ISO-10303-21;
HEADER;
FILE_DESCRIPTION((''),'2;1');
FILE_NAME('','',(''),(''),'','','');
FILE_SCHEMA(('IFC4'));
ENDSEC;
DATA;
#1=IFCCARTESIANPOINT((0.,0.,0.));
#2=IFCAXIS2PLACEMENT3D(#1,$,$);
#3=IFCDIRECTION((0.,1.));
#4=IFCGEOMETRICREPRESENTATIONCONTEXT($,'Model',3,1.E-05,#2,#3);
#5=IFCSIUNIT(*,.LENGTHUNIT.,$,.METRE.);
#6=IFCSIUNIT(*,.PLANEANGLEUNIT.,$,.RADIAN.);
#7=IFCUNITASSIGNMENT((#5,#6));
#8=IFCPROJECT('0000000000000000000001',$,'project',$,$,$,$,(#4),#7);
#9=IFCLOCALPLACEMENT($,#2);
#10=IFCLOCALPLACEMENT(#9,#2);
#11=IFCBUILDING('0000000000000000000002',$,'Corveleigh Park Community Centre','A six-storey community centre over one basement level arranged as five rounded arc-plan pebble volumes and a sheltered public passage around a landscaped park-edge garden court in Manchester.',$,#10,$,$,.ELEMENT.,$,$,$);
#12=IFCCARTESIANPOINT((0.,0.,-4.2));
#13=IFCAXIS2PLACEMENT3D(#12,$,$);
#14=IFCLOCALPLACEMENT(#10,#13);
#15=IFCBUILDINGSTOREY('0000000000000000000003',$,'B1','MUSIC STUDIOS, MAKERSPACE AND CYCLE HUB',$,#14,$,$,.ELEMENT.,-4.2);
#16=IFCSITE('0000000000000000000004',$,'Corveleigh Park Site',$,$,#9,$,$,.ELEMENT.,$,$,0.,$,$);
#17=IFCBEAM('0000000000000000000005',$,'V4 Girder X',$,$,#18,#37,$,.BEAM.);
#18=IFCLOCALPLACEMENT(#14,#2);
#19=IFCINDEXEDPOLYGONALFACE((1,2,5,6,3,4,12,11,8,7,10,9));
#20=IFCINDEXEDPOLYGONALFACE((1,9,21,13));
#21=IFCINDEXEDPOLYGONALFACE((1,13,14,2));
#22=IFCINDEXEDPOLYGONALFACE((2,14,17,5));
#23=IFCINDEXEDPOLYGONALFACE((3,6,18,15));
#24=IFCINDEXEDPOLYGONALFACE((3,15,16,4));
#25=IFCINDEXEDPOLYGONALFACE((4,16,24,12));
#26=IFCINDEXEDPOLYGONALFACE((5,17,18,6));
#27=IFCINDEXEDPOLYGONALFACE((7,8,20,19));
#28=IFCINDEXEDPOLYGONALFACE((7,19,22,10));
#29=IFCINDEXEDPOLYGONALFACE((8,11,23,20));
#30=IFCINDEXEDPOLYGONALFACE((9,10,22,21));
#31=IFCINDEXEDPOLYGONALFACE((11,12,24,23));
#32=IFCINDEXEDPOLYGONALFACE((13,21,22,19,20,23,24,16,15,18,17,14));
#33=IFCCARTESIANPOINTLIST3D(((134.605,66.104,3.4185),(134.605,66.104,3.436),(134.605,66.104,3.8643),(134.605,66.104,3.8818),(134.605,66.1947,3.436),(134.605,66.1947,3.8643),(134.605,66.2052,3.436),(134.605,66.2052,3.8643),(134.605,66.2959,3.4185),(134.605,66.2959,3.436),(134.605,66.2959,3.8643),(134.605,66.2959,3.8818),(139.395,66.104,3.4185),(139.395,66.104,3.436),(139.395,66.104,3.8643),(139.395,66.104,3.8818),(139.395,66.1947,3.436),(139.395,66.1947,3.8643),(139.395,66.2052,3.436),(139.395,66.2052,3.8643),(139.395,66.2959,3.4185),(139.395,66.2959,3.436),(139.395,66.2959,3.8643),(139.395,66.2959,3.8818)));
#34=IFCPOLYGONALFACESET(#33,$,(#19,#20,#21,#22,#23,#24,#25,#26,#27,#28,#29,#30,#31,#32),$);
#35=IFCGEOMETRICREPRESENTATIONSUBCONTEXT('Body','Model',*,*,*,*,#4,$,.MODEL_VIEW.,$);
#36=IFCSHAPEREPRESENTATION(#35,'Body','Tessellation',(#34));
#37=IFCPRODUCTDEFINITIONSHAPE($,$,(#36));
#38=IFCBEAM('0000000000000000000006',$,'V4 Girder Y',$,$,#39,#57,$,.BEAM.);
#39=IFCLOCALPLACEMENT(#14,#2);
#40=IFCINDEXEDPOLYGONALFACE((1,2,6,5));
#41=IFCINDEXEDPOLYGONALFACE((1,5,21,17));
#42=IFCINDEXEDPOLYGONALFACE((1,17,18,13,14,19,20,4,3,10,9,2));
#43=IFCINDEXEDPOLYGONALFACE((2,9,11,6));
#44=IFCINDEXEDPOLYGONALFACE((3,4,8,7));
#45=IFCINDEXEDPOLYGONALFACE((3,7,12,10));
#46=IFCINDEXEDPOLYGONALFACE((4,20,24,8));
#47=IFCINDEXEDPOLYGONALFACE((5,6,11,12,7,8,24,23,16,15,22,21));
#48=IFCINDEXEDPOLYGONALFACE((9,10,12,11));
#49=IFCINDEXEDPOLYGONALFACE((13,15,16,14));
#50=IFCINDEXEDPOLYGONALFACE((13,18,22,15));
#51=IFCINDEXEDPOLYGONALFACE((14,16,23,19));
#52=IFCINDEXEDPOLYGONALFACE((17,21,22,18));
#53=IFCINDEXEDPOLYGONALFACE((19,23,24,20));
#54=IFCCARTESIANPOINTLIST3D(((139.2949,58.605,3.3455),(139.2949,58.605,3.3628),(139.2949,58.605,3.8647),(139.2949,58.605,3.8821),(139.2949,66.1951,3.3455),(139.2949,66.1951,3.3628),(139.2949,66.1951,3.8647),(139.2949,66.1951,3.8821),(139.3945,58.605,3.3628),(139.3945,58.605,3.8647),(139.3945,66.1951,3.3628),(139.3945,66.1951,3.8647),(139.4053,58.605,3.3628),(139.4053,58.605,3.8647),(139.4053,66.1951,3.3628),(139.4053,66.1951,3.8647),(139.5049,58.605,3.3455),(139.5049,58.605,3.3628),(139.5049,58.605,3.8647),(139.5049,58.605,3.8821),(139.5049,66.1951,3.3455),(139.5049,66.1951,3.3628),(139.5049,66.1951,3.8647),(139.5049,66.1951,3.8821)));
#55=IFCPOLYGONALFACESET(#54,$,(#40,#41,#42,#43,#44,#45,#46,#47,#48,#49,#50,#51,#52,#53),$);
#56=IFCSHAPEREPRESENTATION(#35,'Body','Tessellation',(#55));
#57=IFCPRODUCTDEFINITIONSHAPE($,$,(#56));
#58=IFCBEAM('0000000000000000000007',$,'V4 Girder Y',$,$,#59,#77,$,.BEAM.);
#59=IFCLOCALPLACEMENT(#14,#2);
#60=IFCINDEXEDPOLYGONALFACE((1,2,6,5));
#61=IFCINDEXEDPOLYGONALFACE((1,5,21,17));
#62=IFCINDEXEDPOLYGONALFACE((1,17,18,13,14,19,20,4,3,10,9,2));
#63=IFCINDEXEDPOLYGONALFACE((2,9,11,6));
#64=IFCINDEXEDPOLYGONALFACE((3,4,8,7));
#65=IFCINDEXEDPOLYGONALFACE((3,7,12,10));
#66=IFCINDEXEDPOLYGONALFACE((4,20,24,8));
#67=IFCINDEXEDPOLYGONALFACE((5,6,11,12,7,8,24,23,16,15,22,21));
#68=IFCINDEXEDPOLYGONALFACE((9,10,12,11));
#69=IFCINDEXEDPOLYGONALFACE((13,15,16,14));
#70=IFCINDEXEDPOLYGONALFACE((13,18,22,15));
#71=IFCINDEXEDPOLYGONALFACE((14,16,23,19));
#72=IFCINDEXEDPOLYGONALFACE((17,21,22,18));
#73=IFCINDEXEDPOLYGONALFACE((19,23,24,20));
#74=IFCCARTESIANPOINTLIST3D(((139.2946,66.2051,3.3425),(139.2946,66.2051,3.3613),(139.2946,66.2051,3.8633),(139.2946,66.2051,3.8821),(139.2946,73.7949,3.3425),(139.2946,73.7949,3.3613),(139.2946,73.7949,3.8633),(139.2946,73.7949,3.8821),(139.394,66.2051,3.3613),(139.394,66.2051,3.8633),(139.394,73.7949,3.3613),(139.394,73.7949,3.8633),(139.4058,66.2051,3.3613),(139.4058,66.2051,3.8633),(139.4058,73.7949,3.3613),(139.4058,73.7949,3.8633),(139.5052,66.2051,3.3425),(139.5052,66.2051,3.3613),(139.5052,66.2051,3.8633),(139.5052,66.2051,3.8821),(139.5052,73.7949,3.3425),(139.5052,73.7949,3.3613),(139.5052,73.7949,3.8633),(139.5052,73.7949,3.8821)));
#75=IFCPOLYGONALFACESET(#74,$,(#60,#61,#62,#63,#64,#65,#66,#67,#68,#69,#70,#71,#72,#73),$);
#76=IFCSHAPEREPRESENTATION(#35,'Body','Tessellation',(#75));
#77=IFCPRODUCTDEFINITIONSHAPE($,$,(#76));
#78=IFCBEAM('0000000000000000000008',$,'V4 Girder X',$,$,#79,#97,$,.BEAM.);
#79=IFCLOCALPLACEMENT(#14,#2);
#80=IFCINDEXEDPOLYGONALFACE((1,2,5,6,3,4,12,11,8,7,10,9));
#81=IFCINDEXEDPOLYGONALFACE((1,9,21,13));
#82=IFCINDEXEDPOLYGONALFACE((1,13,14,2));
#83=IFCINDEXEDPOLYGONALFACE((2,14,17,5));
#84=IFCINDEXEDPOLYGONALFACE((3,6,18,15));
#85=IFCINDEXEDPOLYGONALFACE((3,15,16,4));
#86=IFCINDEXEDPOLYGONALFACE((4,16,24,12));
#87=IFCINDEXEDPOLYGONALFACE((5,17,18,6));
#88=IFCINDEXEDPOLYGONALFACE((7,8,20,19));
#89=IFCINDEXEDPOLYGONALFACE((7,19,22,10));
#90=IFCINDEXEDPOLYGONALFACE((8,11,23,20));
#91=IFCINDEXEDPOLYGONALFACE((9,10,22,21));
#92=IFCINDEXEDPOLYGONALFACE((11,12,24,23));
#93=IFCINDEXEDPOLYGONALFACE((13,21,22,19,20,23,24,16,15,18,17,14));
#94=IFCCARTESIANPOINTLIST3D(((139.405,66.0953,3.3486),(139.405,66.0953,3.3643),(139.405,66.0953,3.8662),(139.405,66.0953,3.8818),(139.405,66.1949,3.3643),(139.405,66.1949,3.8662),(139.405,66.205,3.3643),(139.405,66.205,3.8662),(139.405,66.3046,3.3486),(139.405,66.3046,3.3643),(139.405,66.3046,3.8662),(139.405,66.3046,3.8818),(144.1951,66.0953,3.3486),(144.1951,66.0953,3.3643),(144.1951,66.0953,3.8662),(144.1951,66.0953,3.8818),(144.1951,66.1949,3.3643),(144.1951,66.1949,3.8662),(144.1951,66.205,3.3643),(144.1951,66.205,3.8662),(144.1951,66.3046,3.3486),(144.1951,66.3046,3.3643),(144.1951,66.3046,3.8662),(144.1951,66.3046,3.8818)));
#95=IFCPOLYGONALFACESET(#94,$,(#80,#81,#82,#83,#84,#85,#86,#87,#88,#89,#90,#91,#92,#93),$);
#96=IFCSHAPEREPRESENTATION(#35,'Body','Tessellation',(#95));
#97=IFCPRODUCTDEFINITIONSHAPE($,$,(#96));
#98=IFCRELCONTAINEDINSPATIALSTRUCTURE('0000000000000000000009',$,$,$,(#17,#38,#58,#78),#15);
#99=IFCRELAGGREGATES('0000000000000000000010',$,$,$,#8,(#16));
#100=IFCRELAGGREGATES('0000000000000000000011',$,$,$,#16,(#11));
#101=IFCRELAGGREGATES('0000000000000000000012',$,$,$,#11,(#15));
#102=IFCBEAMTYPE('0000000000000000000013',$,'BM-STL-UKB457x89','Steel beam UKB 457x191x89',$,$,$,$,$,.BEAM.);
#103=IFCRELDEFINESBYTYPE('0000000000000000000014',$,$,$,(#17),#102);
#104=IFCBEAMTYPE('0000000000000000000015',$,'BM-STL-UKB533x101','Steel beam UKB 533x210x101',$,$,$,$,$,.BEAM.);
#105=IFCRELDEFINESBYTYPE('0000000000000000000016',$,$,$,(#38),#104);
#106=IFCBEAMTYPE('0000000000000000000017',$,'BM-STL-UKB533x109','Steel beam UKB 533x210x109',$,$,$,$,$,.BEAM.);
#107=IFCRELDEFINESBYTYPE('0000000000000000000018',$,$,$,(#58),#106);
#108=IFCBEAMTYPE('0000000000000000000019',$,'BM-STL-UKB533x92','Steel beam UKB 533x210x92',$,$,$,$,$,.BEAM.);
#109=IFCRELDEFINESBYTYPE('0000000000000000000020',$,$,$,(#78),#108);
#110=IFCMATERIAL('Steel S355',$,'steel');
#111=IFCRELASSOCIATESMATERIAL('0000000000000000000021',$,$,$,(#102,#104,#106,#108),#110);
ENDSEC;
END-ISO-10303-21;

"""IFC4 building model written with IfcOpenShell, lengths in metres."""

from ifc_helpers import new_model, si_unit, direction, frame, origin, origin_2d, place, context, subcontext, project, spatial, i_section, extrude, material, material_profile, profile_set, type_object, element, save


model = new_model("IFC4")

# Units and contexts
model_context = context("Model", 3, precision=1e-05, world=origin(), true_north=direction((0.0, 1.0)))
body_context = subcontext(model_context, "Body", "Model", "MODEL_VIEW")
ifc_project = project(units=[si_unit("LENGTHUNIT", "METRE"), si_unit("PLANEANGLEUNIT", "RADIAN")], contexts=[model_context])

# Site, building, storey
site_placement = place(None, origin())
site = spatial("IfcSite", under=ifc_project, at=site_placement, Name="Corveleigh Park Site", CompositionType="ELEMENT", RefElevation=0.0)
building_placement = place(site_placement, origin())
building = spatial("IfcBuilding", under=site, at=building_placement, Name="Corveleigh Park Community Centre", Description="A six-storey community centre over one basement level arranged as five rounded arc-plan pebble volumes and a sheltered public passage around a landscaped park-edge garden court in Manchester.", CompositionType="ELEMENT")
storey_placement = place(building_placement, frame((0.0, 0.0, -4.2)))
storey = spatial("IfcBuildingStorey", under=building, at=storey_placement, Name="B1", Description="MUSIC STUDIOS, MAKERSPACE AND CYCLE HUB", CompositionType="ELEMENT", Elevation=-4.2)

# Shared definitions
ifc_material_1 = material(Name="Steel S355", Category="steel")

# Beams
ifc_material_profile_1 = material_profile(ifc_material_1, i_section(OverallWidth=0.1919, OverallDepth=0.4634, WebThickness=0.0105, FlangeThickness=0.0176, at=origin_2d()), Name="UKB 457x191x89", Category="steel")
ifc_profile_set_1 = profile_set([ifc_material_profile_1], Name="Steel S355")
beam_type_1 = type_object("IfcBeamType", Name="BM-STL-UKB457x89", Description="Steel beam UKB 457x191x89", PredefinedType="BEAM", material=ifc_profile_set_1)
beam_1_placement = place(storey_placement, frame((134.605, 66.2, 3.6501), z_axis=(1.0, 0.0, 0.0), x_axis=(0.0, 1.0, 0.0)))
element("IfcBeam", 1, at=beam_1_placement, inside=storey, type_object=beam_type_1, Name="V4 Girder X", PredefinedType="BEAM", context=body_context, shape_type="SweptSolid", body=[
    extrude(i_section(OverallWidth=0.1919, OverallDepth=0.4634, WebThickness=0.0105, FlangeThickness=0.0176, at=origin_2d()), origin(), (0.0, 0.0, 1.0), 4.79),
])
ifc_material_profile_2 = material_profile(ifc_material_1, i_section(OverallWidth=0.21, OverallDepth=0.5366, WebThickness=0.0107, FlangeThickness=0.0173, at=origin_2d()), Name="UKB 533x210x101", Category="steel")
ifc_profile_set_2 = profile_set([ifc_material_profile_2], Name="Steel S355")
beam_type_2 = type_object("IfcBeamType", Name="BM-STL-UKB533x101", Description="Steel beam UKB 533x210x101", PredefinedType="BEAM", material=ifc_profile_set_2)
beam_2_placement = place(storey_placement, frame((139.3999, 58.605, 3.6138), z_axis=(0.0, 1.0, 0.0), x_axis=(-1.0, 0.0, 0.0)))
element("IfcBeam", 2, at=beam_2_placement, inside=storey, type_object=beam_type_2, Name="V4 Girder Y", PredefinedType="BEAM", context=body_context, shape_type="SweptSolid", body=[
    extrude(i_section(OverallWidth=0.21, OverallDepth=0.5366, WebThickness=0.0107, FlangeThickness=0.0173, at=origin_2d()), origin(), (0.0, 0.0, 1.0), 7.5901),
])
ifc_material_profile_3 = material_profile(ifc_material_1, i_section(OverallWidth=0.2107, OverallDepth=0.5396, WebThickness=0.0117, FlangeThickness=0.0188, at=origin_2d()), Name="UKB 533x210x109", Category="steel")
ifc_profile_set_3 = profile_set([ifc_material_profile_3], Name="Steel S355")
beam_type_3 = type_object("IfcBeamType", Name="BM-STL-UKB533x109", Description="Steel beam UKB 533x210x109", PredefinedType="BEAM", material=ifc_profile_set_3)
beam_3_placement = place(storey_placement, frame((139.3999, 66.2051, 3.6123), z_axis=(0.0, 1.0, 0.0), x_axis=(-1.0, 0.0, 0.0)))
element("IfcBeam", 3, at=beam_3_placement, inside=storey, type_object=beam_type_3, Name="V4 Girder Y", PredefinedType="BEAM", context=body_context, shape_type="SweptSolid", body=[
    extrude(i_section(OverallWidth=0.2107, OverallDepth=0.5396, WebThickness=0.0117, FlangeThickness=0.0188, at=origin_2d()), origin(), (0.0, 0.0, 1.0), 7.5898),
])
ifc_material_profile_4 = material_profile(ifc_material_1, i_section(OverallWidth=0.2092, OverallDepth=0.5332, WebThickness=0.01, FlangeThickness=0.0156, at=origin_2d()), Name="UKB 533x210x92", Category="steel")
ifc_profile_set_4 = profile_set([ifc_material_profile_4], Name="Steel S355")
beam_type_4 = type_object("IfcBeamType", Name="BM-STL-UKB533x92", Description="Steel beam UKB 533x210x92", PredefinedType="BEAM", material=ifc_profile_set_4)
beam_4_placement = place(storey_placement, frame((139.405, 66.2, 3.6152), z_axis=(1.0, 0.0, 0.0), x_axis=(0.0, 1.0, 0.0)))
element("IfcBeam", 4, at=beam_4_placement, inside=storey, type_object=beam_type_4, Name="V4 Girder X", PredefinedType="BEAM", context=body_context, shape_type="SweptSolid", body=[
    extrude(i_section(OverallWidth=0.2092, OverallDepth=0.5332, WebThickness=0.01, FlangeThickness=0.0156, at=origin_2d()), origin(), (0.0, 0.0, 1.0), 4.79),
])

save(model, "model.ifc")
